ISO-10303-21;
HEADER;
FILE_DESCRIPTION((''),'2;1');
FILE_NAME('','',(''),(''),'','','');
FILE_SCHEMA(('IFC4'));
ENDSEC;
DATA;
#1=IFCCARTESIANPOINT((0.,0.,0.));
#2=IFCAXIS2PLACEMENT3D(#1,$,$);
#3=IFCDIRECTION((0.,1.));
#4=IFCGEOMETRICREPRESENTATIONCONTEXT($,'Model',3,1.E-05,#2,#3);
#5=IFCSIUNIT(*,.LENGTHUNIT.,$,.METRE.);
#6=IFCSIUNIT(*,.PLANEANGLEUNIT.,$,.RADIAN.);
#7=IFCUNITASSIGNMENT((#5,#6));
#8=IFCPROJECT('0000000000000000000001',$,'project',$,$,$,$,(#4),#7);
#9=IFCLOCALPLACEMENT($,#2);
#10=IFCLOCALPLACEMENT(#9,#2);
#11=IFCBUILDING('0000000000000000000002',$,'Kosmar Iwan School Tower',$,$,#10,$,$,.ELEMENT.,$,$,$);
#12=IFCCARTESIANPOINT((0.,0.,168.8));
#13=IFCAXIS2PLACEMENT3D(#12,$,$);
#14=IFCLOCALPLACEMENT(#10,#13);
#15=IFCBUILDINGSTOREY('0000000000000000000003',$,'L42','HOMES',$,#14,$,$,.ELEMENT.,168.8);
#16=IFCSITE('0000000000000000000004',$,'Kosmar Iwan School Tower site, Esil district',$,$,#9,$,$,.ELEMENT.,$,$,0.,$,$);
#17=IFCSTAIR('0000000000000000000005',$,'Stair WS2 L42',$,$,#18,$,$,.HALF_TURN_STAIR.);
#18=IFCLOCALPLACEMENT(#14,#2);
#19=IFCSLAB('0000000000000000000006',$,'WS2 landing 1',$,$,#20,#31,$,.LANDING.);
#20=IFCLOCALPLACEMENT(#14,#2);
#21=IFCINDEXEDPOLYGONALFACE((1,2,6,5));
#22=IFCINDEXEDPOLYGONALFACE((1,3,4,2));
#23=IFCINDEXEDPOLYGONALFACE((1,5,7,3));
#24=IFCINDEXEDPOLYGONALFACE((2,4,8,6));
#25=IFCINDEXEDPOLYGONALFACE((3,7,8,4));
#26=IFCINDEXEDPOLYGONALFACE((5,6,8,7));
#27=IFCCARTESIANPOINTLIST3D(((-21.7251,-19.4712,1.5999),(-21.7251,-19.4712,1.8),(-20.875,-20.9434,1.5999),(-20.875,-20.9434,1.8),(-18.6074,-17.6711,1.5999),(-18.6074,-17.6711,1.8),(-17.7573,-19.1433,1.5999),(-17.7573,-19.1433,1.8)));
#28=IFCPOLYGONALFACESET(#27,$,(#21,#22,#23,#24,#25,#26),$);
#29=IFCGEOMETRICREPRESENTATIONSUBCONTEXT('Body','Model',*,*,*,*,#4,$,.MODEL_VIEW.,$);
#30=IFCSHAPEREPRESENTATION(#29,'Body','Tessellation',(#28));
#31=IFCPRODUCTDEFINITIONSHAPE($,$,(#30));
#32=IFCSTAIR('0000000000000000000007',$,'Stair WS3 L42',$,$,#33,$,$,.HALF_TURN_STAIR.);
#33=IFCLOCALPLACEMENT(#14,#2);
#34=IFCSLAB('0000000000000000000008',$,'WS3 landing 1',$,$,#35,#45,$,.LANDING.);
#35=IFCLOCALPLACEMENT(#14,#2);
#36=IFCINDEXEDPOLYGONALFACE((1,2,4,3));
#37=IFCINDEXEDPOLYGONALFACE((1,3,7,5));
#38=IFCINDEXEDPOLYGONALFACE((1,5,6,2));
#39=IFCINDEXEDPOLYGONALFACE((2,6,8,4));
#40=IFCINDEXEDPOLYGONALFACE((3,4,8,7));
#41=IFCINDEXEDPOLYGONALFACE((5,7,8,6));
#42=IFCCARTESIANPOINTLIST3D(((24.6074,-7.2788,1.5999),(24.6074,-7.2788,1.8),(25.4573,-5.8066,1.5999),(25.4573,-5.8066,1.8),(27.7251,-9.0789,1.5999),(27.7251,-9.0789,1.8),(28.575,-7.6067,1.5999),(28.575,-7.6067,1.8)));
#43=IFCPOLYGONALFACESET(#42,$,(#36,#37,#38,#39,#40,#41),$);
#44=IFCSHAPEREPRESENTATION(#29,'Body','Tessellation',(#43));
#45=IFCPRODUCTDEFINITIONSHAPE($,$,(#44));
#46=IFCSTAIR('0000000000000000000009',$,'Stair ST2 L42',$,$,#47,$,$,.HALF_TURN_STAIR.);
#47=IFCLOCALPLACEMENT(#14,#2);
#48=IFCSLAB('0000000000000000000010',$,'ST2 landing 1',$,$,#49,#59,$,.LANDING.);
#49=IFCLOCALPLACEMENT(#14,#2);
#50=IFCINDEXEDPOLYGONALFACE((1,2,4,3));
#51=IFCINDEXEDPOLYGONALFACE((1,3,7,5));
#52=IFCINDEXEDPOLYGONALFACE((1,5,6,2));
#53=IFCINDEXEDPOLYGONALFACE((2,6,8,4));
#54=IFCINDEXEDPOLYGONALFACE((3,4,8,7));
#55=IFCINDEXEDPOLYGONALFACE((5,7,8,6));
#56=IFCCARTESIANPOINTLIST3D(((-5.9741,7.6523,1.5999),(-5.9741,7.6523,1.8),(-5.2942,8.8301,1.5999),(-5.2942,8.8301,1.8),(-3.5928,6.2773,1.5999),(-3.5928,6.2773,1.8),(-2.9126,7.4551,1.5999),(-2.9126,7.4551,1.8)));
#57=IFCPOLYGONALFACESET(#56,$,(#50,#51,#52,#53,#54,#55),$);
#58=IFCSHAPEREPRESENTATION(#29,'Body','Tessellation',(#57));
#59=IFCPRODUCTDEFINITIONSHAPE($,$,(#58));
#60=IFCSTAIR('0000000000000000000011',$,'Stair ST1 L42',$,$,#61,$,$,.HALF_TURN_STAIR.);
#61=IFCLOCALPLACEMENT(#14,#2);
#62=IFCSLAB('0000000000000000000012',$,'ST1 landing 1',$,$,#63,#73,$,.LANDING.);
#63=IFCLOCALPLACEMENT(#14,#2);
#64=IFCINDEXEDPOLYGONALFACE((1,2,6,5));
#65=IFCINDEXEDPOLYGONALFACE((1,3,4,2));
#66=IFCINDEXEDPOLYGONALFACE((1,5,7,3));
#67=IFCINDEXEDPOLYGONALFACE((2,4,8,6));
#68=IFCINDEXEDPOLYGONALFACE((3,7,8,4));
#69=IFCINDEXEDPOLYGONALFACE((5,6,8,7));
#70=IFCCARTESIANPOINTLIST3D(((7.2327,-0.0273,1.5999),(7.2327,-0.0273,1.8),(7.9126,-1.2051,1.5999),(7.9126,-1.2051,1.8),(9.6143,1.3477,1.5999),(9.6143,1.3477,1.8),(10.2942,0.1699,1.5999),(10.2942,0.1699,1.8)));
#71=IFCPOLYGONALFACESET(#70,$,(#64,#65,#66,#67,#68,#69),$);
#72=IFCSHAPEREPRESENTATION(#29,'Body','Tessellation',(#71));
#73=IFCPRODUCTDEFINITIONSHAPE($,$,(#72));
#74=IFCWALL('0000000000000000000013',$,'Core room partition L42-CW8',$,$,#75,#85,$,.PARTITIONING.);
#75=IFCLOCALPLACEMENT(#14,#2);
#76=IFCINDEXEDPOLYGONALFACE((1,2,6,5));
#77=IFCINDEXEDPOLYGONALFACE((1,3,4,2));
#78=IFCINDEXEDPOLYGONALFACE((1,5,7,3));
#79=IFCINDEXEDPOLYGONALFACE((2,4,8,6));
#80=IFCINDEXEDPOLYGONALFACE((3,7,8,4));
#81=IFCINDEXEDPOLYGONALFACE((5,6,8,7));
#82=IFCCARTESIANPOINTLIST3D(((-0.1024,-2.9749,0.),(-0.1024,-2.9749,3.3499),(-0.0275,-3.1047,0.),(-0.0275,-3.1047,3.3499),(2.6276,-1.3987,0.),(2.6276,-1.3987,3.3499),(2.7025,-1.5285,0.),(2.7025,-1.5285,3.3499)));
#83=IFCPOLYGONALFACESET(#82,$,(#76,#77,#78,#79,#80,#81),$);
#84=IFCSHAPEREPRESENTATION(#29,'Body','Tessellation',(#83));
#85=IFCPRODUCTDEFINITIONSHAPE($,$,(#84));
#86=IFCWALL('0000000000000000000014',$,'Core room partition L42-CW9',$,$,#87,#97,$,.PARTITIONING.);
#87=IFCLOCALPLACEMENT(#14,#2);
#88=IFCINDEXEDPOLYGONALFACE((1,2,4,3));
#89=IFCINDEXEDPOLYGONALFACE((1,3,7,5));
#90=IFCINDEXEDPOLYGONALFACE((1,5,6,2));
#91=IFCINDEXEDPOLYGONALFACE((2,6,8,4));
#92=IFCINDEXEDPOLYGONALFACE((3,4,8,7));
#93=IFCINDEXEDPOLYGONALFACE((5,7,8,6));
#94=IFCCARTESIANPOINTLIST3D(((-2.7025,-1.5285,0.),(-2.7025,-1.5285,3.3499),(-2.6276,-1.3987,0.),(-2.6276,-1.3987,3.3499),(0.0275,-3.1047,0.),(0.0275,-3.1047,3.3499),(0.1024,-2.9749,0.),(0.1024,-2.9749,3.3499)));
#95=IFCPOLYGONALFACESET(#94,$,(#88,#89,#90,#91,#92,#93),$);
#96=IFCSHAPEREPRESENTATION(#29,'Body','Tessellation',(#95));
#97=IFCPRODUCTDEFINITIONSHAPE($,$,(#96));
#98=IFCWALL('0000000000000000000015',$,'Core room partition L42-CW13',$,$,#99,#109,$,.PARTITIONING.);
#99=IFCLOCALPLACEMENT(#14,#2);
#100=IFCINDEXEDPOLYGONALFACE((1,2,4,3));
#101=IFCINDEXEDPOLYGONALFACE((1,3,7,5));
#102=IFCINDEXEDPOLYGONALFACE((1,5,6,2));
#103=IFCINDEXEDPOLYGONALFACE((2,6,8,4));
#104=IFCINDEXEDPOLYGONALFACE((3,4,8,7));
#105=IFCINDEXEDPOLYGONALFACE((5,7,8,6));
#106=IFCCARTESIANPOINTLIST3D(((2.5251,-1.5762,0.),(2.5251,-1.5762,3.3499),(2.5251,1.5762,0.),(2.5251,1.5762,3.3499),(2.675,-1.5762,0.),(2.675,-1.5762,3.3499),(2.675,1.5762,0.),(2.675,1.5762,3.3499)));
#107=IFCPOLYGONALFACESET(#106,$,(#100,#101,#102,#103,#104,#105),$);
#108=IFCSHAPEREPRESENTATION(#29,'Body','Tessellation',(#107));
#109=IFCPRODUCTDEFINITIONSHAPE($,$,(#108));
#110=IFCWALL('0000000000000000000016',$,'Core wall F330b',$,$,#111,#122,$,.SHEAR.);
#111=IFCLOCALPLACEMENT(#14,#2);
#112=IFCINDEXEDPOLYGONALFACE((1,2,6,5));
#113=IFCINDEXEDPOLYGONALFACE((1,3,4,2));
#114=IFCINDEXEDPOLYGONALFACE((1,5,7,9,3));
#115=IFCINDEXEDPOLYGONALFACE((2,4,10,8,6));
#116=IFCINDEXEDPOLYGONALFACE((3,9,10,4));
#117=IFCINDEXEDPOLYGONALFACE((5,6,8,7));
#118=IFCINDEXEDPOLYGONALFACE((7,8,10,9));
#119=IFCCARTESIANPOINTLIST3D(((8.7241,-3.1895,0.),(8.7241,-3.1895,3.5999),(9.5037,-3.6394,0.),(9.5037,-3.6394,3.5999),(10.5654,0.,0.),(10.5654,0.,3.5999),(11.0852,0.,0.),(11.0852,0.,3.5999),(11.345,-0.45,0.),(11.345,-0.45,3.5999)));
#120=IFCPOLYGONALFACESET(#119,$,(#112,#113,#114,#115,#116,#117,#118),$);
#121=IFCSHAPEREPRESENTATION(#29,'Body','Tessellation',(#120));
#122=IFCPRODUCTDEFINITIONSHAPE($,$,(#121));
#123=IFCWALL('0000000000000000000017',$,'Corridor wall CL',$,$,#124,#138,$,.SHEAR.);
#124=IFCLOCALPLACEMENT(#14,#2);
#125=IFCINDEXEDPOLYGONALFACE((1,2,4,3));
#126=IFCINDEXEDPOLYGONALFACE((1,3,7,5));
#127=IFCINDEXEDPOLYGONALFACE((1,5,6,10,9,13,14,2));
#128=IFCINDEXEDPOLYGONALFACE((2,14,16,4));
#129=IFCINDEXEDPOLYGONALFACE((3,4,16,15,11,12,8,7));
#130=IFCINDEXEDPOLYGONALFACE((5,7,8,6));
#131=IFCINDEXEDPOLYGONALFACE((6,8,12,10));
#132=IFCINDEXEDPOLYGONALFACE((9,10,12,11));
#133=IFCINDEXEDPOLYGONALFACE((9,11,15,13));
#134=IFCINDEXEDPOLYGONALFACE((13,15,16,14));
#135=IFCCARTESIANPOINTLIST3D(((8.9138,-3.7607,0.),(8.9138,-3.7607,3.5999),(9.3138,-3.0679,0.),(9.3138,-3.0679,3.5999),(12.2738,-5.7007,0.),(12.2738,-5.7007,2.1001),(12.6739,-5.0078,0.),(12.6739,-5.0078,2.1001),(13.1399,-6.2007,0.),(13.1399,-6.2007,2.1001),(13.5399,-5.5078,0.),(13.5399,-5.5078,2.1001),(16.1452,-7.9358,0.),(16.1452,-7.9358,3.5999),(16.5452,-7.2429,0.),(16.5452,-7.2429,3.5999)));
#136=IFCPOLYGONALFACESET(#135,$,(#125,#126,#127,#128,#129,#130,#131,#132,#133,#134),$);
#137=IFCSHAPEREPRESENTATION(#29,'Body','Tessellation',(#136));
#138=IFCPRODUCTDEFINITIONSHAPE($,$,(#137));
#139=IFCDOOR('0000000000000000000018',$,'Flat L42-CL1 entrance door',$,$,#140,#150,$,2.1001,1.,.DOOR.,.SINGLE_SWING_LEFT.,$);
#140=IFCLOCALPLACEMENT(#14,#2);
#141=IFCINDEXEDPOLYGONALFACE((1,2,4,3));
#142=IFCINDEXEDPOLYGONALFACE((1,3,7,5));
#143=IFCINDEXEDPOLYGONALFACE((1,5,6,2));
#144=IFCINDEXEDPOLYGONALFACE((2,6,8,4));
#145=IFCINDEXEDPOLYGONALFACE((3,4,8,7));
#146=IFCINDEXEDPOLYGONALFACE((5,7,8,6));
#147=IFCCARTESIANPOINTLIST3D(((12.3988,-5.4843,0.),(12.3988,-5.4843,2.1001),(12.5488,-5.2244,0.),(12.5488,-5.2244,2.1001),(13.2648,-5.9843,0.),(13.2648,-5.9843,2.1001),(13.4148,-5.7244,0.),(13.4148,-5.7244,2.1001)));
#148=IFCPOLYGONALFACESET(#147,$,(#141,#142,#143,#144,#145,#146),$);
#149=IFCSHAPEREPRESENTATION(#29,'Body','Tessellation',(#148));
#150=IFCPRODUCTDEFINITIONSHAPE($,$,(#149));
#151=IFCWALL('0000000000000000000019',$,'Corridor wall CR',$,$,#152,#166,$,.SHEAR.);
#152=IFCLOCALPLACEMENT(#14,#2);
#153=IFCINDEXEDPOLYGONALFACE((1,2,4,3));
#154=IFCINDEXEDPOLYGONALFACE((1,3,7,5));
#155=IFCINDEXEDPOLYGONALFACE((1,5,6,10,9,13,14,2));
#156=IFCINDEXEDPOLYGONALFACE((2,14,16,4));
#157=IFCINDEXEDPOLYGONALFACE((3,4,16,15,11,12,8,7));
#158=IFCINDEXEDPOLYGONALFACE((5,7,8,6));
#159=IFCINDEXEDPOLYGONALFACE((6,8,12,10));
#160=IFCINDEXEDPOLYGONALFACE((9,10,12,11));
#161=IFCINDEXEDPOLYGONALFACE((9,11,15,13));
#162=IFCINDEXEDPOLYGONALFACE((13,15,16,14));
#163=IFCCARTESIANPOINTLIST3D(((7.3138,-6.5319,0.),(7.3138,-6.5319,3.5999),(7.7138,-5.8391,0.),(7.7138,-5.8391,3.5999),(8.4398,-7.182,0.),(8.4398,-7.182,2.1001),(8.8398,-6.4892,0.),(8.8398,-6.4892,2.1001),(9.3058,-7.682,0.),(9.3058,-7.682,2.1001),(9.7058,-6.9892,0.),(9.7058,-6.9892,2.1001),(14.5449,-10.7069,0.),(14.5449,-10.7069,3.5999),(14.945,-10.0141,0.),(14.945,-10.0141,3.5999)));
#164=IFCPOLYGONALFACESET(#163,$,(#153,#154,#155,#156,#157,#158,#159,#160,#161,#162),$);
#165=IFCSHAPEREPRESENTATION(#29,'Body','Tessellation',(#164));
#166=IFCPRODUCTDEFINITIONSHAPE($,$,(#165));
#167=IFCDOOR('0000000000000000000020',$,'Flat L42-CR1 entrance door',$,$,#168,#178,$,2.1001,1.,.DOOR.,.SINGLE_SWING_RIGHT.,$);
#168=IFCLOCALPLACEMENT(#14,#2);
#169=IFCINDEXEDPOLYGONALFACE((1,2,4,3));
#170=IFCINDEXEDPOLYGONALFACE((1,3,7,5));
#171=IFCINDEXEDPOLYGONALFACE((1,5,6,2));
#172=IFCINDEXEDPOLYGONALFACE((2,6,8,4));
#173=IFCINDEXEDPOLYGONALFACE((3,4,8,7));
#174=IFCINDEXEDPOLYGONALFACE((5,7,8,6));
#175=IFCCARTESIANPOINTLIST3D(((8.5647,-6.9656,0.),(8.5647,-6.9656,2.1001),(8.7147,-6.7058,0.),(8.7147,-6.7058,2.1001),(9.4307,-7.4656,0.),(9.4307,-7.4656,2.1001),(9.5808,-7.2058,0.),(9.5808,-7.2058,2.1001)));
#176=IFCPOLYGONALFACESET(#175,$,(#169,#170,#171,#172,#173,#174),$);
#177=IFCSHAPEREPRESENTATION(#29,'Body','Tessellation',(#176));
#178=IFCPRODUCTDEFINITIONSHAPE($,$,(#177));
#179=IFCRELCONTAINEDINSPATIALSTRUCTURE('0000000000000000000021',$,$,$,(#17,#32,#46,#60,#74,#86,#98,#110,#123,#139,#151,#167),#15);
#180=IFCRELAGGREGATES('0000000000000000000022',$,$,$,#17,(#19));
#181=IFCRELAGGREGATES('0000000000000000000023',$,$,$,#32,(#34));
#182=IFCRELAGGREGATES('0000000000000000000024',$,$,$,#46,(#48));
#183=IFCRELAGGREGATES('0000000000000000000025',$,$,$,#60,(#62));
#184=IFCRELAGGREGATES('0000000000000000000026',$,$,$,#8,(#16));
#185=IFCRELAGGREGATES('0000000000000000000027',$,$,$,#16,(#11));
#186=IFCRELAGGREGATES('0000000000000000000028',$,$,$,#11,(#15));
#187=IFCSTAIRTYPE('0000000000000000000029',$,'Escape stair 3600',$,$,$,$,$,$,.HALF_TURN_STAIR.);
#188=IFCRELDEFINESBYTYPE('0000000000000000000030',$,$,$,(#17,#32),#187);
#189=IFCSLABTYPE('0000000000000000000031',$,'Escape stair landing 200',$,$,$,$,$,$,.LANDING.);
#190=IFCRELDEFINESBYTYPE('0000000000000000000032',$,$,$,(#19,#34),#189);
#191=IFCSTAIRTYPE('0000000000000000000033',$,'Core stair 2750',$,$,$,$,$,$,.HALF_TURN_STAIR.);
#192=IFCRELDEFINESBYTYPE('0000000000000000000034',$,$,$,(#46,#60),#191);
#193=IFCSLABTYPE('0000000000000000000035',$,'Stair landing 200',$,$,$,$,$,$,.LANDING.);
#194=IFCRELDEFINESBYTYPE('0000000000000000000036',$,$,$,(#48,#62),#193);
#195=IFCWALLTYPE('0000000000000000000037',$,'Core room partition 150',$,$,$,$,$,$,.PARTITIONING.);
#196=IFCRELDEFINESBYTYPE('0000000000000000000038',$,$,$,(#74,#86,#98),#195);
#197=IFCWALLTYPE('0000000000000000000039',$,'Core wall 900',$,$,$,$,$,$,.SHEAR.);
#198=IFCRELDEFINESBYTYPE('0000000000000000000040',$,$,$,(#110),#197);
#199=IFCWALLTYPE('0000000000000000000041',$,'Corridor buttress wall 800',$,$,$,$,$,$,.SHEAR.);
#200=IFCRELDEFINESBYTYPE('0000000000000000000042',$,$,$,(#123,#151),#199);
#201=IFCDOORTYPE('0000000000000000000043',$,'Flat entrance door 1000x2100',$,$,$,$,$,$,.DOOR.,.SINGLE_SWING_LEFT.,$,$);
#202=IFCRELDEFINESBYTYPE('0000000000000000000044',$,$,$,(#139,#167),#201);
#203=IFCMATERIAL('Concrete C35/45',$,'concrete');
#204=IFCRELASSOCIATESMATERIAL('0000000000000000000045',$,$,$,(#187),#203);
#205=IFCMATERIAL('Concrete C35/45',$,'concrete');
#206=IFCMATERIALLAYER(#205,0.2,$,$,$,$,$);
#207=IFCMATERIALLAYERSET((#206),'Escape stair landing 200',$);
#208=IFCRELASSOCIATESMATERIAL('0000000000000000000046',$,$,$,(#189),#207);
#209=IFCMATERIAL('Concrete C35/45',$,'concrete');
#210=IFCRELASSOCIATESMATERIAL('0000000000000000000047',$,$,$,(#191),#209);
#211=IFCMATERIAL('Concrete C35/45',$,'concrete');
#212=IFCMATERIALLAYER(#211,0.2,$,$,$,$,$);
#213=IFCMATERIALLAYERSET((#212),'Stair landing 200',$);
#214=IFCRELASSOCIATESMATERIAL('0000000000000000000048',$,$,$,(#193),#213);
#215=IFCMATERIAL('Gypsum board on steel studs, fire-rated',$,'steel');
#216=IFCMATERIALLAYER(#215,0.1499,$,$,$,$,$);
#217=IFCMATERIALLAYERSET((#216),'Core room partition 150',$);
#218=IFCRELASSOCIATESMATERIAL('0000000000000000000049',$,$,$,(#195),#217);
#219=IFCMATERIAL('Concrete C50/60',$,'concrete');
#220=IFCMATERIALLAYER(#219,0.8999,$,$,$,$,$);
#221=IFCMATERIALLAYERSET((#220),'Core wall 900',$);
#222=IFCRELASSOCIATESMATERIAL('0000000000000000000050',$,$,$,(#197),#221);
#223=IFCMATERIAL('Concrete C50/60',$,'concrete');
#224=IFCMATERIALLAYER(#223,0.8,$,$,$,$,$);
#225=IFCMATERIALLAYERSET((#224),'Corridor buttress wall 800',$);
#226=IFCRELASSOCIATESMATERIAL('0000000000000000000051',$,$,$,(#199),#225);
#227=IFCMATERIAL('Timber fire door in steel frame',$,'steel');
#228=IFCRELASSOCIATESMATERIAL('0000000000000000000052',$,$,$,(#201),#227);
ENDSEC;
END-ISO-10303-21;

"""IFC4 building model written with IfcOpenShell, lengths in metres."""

from ifc_helpers import new_model, si_unit, direction, frame, frame_2d, origin, place, context, subcontext, project, spatial, polyline, rectangle, outline, extrude, material, layer, layer_set, type_object, element, fill, aggregate, save


model = new_model("IFC4")

# Units and contexts
model_context = context("Model", 3, precision=1e-05, world=origin(), true_north=direction((0.0, 1.0)))
body_context = subcontext(model_context, "Body", "Model", "MODEL_VIEW")
ifc_project = project(units=[si_unit("LENGTHUNIT", "METRE"), si_unit("PLANEANGLEUNIT", "RADIAN")], contexts=[model_context])

# Site, building, storey
site_placement = place(None, origin())
site = spatial("IfcSite", under=ifc_project, at=site_placement, Name="Kosmar Iwan School Tower site, Esil district", CompositionType="ELEMENT", RefElevation=0.0)
building_placement = place(site_placement, origin())
building = spatial("IfcBuilding", under=site, at=building_placement, Name="Kosmar Iwan School Tower", CompositionType="ELEMENT")
storey_placement = place(building_placement, frame((0.0, 0.0, 168.8)))
storey = spatial("IfcBuildingStorey", under=building, at=storey_placement, Name="L42", Description="HOMES", CompositionType="ELEMENT", Elevation=168.8)

# Stairs, slabs
ifc_material_1 = material(Name="Concrete C35/45", Category="concrete")
stair_type_1 = type_object("IfcStairType", Name="Escape stair 3600", PredefinedType="HALF_TURN_STAIR", material=ifc_material_1)
stair_1_placement = place(storey_placement, origin())
stair_1 = element("IfcStair", 1, at=stair_1_placement, inside=storey, type_object=stair_type_1, Name="Stair WS2 L42", PredefinedType="HALF_TURN_STAIR")
ifc_material_2 = material(Name="Concrete C35/45", Category="concrete")
ifc_layer_1 = layer(ifc_material_2, 0.2)
ifc_layer_set_1 = layer_set([ifc_layer_1], Name="Escape stair landing 200")
slab_type_1 = type_object("IfcSlabType", Name="Escape stair landing 200", PredefinedType="LANDING", material=ifc_layer_set_1)
slab_1_placement = place(storey_placement, frame((0.0, 0.0, 1.5999)))
slab_1 = element("IfcSlab", 2, at=slab_1_placement, type_object=slab_type_1, Name="WS2 landing 1", PredefinedType="LANDING", context=body_context, shape_type="SweptSolid", body=[
    extrude(outline(polyline([(-18.6074, -17.6711), (-21.7251, -19.4712), (-20.875, -20.9434), (-17.7573, -19.1433), (-18.6074, -17.6711)])), origin(), (0.0, 0.0, 1.0), 0.2002),
])
aggregate(stair_1, [slab_1])
stair_2_placement = place(storey_placement, origin())
stair_2 = element("IfcStair", 3, at=stair_2_placement, inside=storey, type_object=stair_type_1, Name="Stair WS3 L42", PredefinedType="HALF_TURN_STAIR")
slab_2_placement = place(storey_placement, frame((0.0, 0.0, 1.5999)))
slab_2 = element("IfcSlab", 4, at=slab_2_placement, type_object=slab_type_1, Name="WS3 landing 1", PredefinedType="LANDING", context=body_context, shape_type="SweptSolid", body=[
    extrude(outline(polyline([(24.6074, -7.2788), (27.7251, -9.0789), (28.575, -7.6067), (25.4573, -5.8066), (24.6074, -7.2788)])), origin(), (0.0, 0.0, 1.0), 0.2002),
])
aggregate(stair_2, [slab_2])
ifc_material_3 = material(Name="Concrete C35/45", Category="concrete")
stair_type_2 = type_object("IfcStairType", Name="Core stair 2750", PredefinedType="HALF_TURN_STAIR", material=ifc_material_3)
stair_3_placement = place(storey_placement, origin())
stair_3 = element("IfcStair", 5, at=stair_3_placement, inside=storey, type_object=stair_type_2, Name="Stair ST2 L42", PredefinedType="HALF_TURN_STAIR")
ifc_material_4 = material(Name="Concrete C35/45", Category="concrete")
ifc_layer_2 = layer(ifc_material_4, 0.2)
ifc_layer_set_2 = layer_set([ifc_layer_2], Name="Stair landing 200")
slab_type_2 = type_object("IfcSlabType", Name="Stair landing 200", PredefinedType="LANDING", material=ifc_layer_set_2)
slab_3_placement = place(storey_placement, frame((0.0, 0.0, 1.5999)))
slab_3 = element("IfcSlab", 6, at=slab_3_placement, type_object=slab_type_2, Name="ST2 landing 1", PredefinedType="LANDING", context=body_context, shape_type="SweptSolid", body=[
    extrude(outline(polyline([(-2.9126, 7.4551), (-5.2942, 8.8301), (-5.9741, 7.6523), (-3.5928, 6.2773), (-2.9126, 7.4551)])), origin(), (0.0, 0.0, 1.0), 0.2002),
])
aggregate(stair_3, [slab_3])
stair_4_placement = place(storey_placement, origin())
stair_4 = element("IfcStair", 7, at=stair_4_placement, inside=storey, type_object=stair_type_2, Name="Stair ST1 L42", PredefinedType="HALF_TURN_STAIR")
slab_4_placement = place(storey_placement, frame((0.0, 0.0, 1.5999)))
slab_4 = element("IfcSlab", 8, at=slab_4_placement, type_object=slab_type_2, Name="ST1 landing 1", PredefinedType="LANDING", context=body_context, shape_type="SweptSolid", body=[
    extrude(outline(polyline([(7.9126, -1.2051), (10.2942, 0.1699), (9.6143, 1.3477), (7.2327, -0.0273), (7.9126, -1.2051)])), origin(), (0.0, 0.0, 1.0), 0.2002),
])

# Walls
ifc_material_5 = material(Name="Gypsum board on steel studs, fire-rated", Category="steel")
ifc_layer_3 = layer(ifc_material_5, 0.1499)
ifc_layer_set_3 = layer_set([ifc_layer_3], Name="Core room partition 150")
wall_type_1 = type_object("IfcWallType", Name="Core room partition 150", PredefinedType="PARTITIONING", material=ifc_layer_set_3)
for number, where, z_axis, x_axis, name in (
    (9, (2.665, -1.4636, 0.0), (0.0, 0.0, 1.0), (-0.866023, -0.500004, 0.0), "Core room partition L42-CW8"),
    (10, (0.0649, -3.0398, 0.0), (0.0, 0.0, 1.0), (-0.866023, 0.500004, 0.0), "Core room partition L42-CW9"),
    (11, (2.6001, 1.5762, 0.0), (0.0, 0.0, 1.0), (0.0, -1.0, 0.0), "Core room partition L42-CW13"),
):
    element("IfcWall", number, at=place(storey_placement, frame(where, z_axis=z_axis, x_axis=x_axis)), inside=storey, type_object=wall_type_1, Name=name, PredefinedType="PARTITIONING", context=body_context, shape_type="SweptSolid", body=[
        extrude(rectangle(XDim=3.1523, YDim=0.1499, at=frame_2d((1.5762, 0.0))), origin(), (0.0, 0.0, 1.0), 3.3499),
    ])
ifc_material_6 = material(Name="Concrete C50/60", Category="concrete")
ifc_layer_4 = layer(ifc_material_6, 0.8999)
ifc_layer_set_4 = layer_set([ifc_layer_4], Name="Core wall 900")
wall_type_2 = type_object("IfcWallType", Name="Core wall 900", PredefinedType="SHEAR", material=ifc_layer_set_4)
wall_1_placement = place(storey_placement, origin())
element("IfcWall", 12, at=wall_1_placement, inside=storey, type_object=wall_type_2, Name="Core wall F330b", PredefinedType="SHEAR", context=body_context, shape_type="SweptSolid", body=[
    extrude(outline(polyline([(9.5037, -3.6394), (11.345, -0.45), (11.0852, 0.0), (10.5654, 0.0), (8.7241, -3.1895), (9.5037, -3.6394)])), origin(), (0.0, 0.0, 1.0), 3.5999),
])

# Walls, openings, doors
ifc_material_7 = material(Name="Concrete C50/60", Category="concrete")
ifc_layer_5 = layer(ifc_material_7, 0.8)
ifc_layer_set_5 = layer_set([ifc_layer_5], Name="Corridor buttress wall 800")
wall_type_3 = type_object("IfcWallType", Name="Corridor buttress wall 800", PredefinedType="SHEAR", material=ifc_layer_set_5)
wall_2_placement = place(storey_placement, frame((9.1138, -3.4143, 0.0), z_axis=(0.0, 0.0, 1.0), x_axis=(0.866027, -0.499997, 0.0)))
wall_2 = element("IfcWall", 13, at=wall_2_placement, inside=storey, type_object=wall_type_3, Name="Corridor wall CL", PredefinedType="SHEAR", context=body_context, shape_type="SweptSolid", body=[
    extrude(rectangle(XDim=8.3501, YDim=0.8, at=frame_2d((4.175, 0.0))), origin(), (0.0, 0.0, 1.0), 3.5999),
])
opening_1_placement = place(wall_2_placement, frame((3.8799, 0.0, 0.0)))
opening_1 = element("IfcOpeningElement", 14, at=opening_1_placement, cuts=wall_2, PredefinedType="OPENING", context=body_context, shape_type="SweptSolid", body=[
    extrude(rectangle(XDim=1.0, YDim=2.1001, at=frame_2d((0.5, 1.05))), frame((0.0, 0.4121, 0.0), z_axis=(0.0, -1.0, 0.0), x_axis=(1.0, 0.0, 0.0)), (0.0, 0.0, 1.0), 0.824),
])
ifc_material_8 = material(Name="Timber fire door in steel frame", Category="steel")
door_type_1 = type_object("IfcDoorType", Name="Flat entrance door 1000x2100", OperationType="SINGLE_SWING_LEFT", PredefinedType="DOOR", material=ifc_material_8)
door_1_placement = place(opening_1_placement, origin())
door_1 = element("IfcDoor", 15, at=door_1_placement, inside=storey, type_object=door_type_1, Name="Flat L42-CL1 entrance door", OperationType="SINGLE_SWING_LEFT", OverallHeight=2.1001, OverallWidth=1.0, PredefinedType="DOOR", context=body_context, shape_type="SweptSolid", body=[
    extrude(rectangle(XDim=1.0, YDim=2.1001, at=frame_2d((0.5, 1.05))), frame((0.0, 0.1499, 0.0), z_axis=(0.0, -1.0, 0.0), x_axis=(1.0, 0.0, 0.0)), (0.0, 0.0, 1.0), 0.3),
])
fill(opening_1, door_1)
wall_3_placement = place(storey_placement, frame((7.5139, -6.1855, 0.0), z_axis=(0.0, 0.0, 1.0), x_axis=(0.86602, -0.50001, 0.0)))
wall_3 = element("IfcWall", 16, at=wall_3_placement, inside=storey, type_object=wall_type_3, Name="Corridor wall CR", PredefinedType="SHEAR", context=body_context, shape_type="SweptSolid", body=[
    extrude(rectangle(XDim=8.3499, YDim=0.8, at=frame_2d((4.1748, 0.0))), origin(), (0.0, 0.0, 1.0), 3.5999),
])
opening_2_placement = place(wall_3_placement, frame((1.3, 0.0, 0.0)))
opening_2 = element("IfcOpeningElement", 17, at=opening_2_placement, cuts=wall_3, PredefinedType="OPENING", context=body_context, shape_type="SweptSolid", body=[
    extrude(rectangle(XDim=1.0, YDim=2.1001, at=frame_2d((0.5, 1.05))), frame((0.0, 0.4121, 0.0), z_axis=(0.0, -1.0, 0.0), x_axis=(1.0, 0.0, 0.0)), (0.0, 0.0, 1.0), 0.824),
])
door_2_placement = place(opening_2_placement, origin())
door_2 = element("IfcDoor", 18, at=door_2_placement, inside=storey, type_object=door_type_1, Name="Flat L42-CR1 entrance door", OperationType="SINGLE_SWING_RIGHT", OverallHeight=2.1001, OverallWidth=1.0, PredefinedType="DOOR", context=body_context, shape_type="SweptSolid", body=[
    extrude(rectangle(XDim=1.0, YDim=2.1001, at=frame_2d((0.5, 1.05))), frame((0.0, 0.1499, 0.0), z_axis=(0.0, -1.0, 0.0), x_axis=(1.0, 0.0, 0.0)), (0.0, 0.0, 1.0), 0.3),
])
fill(opening_2, door_2)

aggregate(stair_4, [slab_4])

save(model, "model.ifc")
